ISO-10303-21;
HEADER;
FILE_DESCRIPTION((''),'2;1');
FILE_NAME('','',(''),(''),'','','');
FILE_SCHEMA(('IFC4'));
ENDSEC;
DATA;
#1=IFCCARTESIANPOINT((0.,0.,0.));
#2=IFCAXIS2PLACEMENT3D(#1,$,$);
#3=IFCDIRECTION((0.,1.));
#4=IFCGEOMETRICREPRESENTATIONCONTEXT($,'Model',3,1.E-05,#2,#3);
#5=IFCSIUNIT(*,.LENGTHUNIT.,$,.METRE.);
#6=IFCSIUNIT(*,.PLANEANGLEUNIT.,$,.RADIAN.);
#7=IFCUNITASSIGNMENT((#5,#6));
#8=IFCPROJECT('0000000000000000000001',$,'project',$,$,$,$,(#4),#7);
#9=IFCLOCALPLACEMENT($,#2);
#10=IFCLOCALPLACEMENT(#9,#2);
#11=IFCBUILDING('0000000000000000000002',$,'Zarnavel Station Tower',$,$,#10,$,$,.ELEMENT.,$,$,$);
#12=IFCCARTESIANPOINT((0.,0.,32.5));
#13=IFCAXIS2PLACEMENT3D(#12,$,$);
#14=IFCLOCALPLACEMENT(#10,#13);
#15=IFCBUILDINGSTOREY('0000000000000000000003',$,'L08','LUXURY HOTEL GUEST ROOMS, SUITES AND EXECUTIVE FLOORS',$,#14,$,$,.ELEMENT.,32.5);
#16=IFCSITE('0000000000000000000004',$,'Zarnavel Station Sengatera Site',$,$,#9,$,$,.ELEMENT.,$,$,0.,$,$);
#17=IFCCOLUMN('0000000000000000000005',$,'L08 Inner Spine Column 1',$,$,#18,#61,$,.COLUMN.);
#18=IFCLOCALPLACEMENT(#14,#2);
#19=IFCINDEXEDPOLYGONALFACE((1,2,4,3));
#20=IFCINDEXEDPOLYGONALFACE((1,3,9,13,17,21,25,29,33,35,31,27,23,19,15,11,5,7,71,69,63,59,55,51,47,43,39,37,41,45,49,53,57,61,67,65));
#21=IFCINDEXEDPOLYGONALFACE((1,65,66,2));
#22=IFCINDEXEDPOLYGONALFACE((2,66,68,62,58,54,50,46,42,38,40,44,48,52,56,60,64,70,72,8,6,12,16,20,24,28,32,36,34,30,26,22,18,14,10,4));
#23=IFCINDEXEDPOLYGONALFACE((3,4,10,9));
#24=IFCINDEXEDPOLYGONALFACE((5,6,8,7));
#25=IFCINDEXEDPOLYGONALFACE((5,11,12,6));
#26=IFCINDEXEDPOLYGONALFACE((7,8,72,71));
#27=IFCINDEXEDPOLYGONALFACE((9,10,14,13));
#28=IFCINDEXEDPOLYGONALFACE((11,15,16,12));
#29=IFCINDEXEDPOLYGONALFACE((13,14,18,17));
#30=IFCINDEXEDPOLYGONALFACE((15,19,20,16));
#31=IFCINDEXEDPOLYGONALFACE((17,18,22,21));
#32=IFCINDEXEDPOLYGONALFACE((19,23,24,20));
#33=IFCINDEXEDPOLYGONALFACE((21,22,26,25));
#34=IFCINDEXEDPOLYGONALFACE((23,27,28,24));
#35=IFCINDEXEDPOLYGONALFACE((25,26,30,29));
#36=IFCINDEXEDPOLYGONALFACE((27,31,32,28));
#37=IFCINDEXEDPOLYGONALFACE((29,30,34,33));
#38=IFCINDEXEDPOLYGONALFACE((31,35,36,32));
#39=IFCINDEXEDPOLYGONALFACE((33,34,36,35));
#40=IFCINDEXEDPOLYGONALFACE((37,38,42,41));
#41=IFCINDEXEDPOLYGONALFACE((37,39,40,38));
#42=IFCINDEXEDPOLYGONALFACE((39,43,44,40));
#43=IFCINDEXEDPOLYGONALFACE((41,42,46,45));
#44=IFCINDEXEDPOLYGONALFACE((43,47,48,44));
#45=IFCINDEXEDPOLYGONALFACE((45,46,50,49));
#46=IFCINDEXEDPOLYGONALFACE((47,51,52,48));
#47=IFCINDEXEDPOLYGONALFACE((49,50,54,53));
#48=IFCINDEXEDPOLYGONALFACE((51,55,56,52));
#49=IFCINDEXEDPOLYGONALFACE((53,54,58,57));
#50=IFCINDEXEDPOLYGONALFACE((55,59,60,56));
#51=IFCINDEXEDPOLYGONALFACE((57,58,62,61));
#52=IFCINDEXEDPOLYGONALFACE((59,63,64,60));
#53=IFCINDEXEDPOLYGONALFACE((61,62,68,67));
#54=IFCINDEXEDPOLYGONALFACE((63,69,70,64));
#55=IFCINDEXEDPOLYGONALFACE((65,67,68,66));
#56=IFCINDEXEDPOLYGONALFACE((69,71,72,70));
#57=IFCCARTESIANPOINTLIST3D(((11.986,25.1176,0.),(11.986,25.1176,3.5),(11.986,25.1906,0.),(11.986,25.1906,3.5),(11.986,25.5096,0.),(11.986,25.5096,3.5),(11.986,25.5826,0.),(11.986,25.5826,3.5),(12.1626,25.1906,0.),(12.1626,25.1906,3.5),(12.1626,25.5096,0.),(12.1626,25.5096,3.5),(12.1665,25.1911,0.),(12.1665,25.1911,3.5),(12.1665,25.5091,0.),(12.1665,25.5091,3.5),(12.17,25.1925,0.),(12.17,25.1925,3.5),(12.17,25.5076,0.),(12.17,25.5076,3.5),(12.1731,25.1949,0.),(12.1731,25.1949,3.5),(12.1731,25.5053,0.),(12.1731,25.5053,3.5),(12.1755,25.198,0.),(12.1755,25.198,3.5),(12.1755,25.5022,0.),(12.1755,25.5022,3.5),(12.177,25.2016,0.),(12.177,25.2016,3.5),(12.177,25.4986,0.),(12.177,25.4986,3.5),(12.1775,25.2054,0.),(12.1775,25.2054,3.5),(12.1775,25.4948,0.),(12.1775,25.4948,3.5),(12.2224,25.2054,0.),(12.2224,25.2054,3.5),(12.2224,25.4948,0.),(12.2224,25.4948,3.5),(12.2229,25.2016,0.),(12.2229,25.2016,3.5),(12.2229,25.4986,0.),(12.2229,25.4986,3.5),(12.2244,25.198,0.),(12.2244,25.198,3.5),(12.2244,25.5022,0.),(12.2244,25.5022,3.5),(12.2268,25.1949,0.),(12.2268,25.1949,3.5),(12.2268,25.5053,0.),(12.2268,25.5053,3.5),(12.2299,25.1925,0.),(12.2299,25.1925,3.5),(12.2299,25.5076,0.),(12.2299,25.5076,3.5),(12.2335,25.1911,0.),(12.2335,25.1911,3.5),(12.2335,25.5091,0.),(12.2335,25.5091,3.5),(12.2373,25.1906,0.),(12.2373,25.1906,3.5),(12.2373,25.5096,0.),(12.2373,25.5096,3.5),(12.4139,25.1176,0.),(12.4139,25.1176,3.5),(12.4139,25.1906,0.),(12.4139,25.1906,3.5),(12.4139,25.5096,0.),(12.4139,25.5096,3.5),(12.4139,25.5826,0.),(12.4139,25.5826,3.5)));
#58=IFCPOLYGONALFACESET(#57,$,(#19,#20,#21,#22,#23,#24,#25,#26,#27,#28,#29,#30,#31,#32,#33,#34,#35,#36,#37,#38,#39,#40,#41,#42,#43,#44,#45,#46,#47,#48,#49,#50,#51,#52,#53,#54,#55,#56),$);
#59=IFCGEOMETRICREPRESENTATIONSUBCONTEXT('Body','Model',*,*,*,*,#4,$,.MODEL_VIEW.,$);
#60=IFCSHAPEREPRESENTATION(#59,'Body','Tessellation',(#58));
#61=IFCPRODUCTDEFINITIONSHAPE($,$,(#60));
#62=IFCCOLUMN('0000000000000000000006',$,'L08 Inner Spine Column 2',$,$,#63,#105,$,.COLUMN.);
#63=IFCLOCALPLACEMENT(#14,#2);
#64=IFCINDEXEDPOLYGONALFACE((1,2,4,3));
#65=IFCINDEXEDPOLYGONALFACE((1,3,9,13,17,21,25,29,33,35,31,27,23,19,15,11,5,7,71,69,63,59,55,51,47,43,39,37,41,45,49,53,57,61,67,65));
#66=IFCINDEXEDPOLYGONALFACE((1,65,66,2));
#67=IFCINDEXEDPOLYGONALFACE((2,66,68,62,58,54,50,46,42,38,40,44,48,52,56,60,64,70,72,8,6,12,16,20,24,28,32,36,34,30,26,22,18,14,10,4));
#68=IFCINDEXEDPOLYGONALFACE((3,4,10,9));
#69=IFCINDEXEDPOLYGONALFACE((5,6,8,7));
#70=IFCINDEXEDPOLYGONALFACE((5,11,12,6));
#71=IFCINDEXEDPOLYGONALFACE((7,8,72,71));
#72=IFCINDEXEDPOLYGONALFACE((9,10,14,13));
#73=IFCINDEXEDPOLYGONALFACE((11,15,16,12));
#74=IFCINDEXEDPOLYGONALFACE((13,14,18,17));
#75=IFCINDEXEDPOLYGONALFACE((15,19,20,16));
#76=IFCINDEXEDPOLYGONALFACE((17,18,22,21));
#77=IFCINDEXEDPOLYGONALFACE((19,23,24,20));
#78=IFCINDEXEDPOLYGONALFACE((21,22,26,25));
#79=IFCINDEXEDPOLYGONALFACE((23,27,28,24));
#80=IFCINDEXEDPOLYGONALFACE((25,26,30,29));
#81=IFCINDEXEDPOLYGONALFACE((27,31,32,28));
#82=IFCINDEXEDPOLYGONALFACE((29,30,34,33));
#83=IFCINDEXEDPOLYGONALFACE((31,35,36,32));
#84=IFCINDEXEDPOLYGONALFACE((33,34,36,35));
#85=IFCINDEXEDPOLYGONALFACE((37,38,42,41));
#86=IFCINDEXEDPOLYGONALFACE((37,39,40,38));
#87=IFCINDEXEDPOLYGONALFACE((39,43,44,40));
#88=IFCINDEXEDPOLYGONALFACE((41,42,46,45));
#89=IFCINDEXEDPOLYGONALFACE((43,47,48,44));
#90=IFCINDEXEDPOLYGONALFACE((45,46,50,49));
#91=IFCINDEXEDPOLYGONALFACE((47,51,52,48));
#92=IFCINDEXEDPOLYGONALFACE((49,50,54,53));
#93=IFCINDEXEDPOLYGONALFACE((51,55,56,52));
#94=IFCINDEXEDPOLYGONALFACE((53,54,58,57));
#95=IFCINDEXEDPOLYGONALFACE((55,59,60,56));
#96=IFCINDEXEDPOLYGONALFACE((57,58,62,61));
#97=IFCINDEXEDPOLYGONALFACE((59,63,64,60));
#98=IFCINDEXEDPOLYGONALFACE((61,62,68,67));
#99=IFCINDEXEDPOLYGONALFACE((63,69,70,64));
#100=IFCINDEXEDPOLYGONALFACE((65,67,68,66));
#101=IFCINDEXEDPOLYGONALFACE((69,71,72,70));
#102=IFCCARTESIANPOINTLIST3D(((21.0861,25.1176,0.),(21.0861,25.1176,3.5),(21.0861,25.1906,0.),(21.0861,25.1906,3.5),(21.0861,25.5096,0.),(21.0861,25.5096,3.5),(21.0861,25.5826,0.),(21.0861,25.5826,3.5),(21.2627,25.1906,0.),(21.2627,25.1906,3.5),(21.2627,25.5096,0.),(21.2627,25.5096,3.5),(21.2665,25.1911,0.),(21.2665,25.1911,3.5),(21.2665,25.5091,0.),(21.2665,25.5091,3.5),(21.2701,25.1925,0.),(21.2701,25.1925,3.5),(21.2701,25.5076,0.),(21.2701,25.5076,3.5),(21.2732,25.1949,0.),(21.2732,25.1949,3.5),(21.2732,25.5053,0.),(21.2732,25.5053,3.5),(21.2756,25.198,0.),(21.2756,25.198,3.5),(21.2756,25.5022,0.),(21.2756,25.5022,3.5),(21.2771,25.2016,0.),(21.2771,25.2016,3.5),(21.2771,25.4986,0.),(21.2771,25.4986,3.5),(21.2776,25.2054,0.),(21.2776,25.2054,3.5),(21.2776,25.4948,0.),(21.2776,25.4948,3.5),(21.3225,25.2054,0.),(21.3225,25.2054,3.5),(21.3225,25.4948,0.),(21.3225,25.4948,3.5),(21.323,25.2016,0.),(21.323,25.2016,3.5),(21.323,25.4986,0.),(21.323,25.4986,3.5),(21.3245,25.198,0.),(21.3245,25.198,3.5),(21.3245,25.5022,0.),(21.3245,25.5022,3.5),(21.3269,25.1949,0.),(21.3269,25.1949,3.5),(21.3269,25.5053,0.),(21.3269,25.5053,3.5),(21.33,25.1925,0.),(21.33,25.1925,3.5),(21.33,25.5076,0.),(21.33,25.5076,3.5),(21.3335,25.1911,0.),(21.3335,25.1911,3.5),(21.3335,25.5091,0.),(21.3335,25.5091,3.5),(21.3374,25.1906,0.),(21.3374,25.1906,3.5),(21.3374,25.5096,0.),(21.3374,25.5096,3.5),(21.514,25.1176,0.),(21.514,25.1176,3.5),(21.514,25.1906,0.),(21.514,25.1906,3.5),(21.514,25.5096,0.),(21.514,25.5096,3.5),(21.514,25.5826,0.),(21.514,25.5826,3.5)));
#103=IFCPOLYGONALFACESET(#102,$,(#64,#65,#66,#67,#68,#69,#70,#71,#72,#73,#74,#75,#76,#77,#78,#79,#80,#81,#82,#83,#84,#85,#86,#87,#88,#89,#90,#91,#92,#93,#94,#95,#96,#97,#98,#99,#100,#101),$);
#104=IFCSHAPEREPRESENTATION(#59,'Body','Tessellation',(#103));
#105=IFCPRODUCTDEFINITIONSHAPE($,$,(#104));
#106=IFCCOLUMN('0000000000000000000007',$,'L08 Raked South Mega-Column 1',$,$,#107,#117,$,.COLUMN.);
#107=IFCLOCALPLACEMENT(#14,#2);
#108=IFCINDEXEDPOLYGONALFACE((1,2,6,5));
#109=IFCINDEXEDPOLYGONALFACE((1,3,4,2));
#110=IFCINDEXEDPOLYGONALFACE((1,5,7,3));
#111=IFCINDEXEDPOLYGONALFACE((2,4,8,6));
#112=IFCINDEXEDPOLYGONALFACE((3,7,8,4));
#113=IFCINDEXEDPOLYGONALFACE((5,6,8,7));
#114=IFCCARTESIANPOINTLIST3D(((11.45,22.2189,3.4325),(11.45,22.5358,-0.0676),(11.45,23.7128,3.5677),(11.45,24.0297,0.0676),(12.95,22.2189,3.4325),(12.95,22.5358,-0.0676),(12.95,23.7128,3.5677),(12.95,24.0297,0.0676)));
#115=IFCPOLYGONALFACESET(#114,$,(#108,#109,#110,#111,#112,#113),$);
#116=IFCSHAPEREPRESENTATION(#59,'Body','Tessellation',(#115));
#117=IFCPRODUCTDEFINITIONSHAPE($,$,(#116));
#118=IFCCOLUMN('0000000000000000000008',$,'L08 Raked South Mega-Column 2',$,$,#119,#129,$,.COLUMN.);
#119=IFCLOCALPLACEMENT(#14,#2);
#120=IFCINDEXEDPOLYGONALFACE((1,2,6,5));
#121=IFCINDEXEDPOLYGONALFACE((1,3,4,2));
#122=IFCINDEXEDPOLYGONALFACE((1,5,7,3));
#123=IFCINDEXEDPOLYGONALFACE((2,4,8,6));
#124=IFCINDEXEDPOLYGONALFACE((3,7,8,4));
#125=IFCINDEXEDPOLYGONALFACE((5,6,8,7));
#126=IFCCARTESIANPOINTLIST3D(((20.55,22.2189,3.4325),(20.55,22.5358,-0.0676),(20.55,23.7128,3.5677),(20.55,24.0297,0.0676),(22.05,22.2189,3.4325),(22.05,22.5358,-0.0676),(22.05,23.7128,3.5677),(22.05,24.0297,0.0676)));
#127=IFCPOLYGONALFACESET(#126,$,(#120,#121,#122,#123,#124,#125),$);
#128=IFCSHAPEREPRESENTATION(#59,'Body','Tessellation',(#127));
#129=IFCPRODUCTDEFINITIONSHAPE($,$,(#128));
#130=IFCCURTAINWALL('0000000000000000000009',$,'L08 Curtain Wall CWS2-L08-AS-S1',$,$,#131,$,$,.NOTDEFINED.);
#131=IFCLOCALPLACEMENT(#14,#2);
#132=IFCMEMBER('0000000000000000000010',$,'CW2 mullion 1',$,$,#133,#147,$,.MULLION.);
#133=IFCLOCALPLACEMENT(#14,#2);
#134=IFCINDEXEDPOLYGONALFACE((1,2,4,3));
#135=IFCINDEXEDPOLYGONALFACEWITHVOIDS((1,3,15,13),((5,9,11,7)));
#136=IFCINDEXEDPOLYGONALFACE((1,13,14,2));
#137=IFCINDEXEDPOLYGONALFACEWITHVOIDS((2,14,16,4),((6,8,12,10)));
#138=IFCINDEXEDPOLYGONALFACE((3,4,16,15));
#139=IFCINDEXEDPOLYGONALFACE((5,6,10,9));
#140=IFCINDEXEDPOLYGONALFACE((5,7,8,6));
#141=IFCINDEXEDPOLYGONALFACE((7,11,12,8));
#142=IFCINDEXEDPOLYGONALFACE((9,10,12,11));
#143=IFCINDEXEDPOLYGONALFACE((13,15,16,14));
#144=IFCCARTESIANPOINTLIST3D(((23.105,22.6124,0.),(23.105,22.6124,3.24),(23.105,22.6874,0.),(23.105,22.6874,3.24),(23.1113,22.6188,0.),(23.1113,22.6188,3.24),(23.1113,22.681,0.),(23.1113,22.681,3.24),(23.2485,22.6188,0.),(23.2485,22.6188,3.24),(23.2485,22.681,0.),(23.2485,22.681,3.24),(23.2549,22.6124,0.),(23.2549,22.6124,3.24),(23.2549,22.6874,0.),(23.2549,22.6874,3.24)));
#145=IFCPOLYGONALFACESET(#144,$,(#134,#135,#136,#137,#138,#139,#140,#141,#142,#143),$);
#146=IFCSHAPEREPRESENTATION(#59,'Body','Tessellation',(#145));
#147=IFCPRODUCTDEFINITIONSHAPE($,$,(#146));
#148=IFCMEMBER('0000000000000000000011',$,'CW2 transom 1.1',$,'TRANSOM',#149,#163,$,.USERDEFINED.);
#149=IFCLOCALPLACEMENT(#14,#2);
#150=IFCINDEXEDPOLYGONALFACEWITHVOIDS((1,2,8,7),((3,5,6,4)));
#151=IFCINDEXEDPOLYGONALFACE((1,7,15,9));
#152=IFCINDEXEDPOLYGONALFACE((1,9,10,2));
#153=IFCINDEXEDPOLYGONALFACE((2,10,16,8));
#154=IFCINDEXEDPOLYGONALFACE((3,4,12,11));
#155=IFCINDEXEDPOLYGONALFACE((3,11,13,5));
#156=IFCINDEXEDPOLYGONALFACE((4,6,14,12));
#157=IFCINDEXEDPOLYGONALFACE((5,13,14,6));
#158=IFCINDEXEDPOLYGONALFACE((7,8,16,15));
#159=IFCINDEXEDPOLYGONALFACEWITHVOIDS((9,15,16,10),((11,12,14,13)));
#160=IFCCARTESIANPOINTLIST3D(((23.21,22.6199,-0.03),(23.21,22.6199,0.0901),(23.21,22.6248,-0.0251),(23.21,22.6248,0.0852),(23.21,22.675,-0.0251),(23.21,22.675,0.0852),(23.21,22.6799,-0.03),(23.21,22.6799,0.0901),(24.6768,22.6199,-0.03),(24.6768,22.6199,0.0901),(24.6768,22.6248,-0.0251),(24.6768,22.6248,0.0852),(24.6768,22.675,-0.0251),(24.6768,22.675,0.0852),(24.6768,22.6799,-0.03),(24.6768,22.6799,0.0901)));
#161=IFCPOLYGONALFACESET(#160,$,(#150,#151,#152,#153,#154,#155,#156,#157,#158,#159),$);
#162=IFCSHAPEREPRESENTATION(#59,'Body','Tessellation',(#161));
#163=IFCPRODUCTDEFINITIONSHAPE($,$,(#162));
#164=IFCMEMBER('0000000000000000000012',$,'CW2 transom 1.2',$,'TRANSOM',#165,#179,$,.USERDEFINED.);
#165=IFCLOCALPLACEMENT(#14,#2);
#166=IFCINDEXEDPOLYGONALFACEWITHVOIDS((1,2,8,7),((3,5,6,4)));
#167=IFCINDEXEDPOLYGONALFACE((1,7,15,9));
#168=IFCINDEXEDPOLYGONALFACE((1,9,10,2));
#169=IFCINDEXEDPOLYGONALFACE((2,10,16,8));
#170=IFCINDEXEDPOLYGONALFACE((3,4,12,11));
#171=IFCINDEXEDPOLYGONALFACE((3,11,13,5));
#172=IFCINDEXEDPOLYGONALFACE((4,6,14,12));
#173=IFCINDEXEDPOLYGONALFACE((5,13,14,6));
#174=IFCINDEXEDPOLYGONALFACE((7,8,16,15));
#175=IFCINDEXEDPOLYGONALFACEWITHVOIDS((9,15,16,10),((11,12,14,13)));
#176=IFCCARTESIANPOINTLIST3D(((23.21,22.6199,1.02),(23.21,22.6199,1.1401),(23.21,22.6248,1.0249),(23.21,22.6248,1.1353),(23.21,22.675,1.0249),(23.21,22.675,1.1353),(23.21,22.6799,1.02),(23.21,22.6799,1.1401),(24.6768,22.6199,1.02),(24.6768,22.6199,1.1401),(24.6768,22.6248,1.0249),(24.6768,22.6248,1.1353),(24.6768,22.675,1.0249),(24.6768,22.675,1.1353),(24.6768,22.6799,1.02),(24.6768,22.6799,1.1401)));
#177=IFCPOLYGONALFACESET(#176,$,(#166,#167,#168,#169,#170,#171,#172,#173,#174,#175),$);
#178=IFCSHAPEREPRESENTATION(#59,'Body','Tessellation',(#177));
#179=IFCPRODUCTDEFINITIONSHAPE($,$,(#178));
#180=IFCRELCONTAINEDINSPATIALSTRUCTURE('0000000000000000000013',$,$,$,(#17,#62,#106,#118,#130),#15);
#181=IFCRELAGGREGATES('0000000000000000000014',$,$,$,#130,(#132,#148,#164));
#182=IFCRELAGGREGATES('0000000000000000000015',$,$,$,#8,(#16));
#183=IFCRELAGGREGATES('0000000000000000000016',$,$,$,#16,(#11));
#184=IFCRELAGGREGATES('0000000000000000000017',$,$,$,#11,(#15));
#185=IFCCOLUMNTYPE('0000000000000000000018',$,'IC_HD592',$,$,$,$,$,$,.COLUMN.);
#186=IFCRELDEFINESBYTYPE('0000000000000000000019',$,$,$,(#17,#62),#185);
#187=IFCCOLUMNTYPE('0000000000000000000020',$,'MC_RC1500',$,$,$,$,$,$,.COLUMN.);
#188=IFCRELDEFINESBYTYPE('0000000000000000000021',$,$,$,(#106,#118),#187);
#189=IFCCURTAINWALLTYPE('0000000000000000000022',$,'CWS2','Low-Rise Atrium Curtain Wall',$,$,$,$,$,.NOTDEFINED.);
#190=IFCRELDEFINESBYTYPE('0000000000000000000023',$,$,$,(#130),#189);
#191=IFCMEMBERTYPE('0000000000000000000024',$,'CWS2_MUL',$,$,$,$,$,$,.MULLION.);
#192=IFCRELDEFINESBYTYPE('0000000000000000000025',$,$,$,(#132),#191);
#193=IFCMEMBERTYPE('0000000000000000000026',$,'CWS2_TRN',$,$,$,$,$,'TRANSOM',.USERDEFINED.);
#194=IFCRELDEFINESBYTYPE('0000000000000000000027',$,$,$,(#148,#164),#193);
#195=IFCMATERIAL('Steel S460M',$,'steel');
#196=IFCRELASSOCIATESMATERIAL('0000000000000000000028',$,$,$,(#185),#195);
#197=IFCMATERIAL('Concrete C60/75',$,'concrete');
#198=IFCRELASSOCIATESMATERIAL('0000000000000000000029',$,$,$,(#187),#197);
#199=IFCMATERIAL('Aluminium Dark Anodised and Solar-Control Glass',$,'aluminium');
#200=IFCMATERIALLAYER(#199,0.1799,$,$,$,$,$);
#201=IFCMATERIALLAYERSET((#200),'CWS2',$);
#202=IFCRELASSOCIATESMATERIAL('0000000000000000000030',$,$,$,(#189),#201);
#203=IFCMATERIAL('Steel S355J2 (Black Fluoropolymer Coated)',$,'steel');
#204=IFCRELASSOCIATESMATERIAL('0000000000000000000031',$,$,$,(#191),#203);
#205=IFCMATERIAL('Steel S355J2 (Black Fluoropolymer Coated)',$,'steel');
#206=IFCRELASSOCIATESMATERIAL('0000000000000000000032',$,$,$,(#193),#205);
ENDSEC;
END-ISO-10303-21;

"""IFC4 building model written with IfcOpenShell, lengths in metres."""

from ifc_helpers import new_model, si_unit, direction, frame, origin, origin_2d, place, context, subcontext, project, spatial, rectangle, hollow_rectangle, i_section, extrude, material, layer, layer_set, material_profile, profile_set, type_object, element, aggregate, save


model = new_model("IFC4")

# Units and contexts
model_context = context("Model", 3, precision=1e-05, world=origin(), true_north=direction((0.0, 1.0)))
body_context = subcontext(model_context, "Body", "Model", "MODEL_VIEW")
ifc_project = project(units=[si_unit("LENGTHUNIT", "METRE"), si_unit("PLANEANGLEUNIT", "RADIAN")], contexts=[model_context])

# Site, building, storey
site_placement = place(None, origin())
site = spatial("IfcSite", under=ifc_project, at=site_placement, Name="Zarnavel Station Sengatera Site", CompositionType="ELEMENT", RefElevation=0.0)
building_placement = place(site_placement, origin())
building = spatial("IfcBuilding", under=site, at=building_placement, Name="Zarnavel Station Tower", CompositionType="ELEMENT")
storey_placement = place(building_placement, frame((0.0, 0.0, 32.5)))
storey = spatial("IfcBuildingStorey", under=building, at=storey_placement, Name="L08", Description="LUXURY HOTEL GUEST ROOMS, SUITES AND EXECUTIVE FLOORS", CompositionType="ELEMENT", Elevation=32.5)

# Columns
ifc_material_1 = material(Name="Steel S460M", Category="steel")
ifc_material_profile_1 = material_profile(ifc_material_1, i_section(OverallWidth=0.428, OverallDepth=0.4651, WebThickness=0.0449, FlangeThickness=0.073, FilletRadius=0.0149, at=origin_2d()), Name="HD400x592")
ifc_profile_set_1 = profile_set([ifc_material_profile_1], Name="Steel S460M")
column_type_1 = type_object("IfcColumnType", Name="IC_HD592", PredefinedType="COLUMN", material=ifc_profile_set_1)
for number, where, z_axis, x_axis, name in (
    (1, (12.2, 25.3501, 0.0), (0.0, 0.0, 1.0), (1.0, 0.0, 0.0), "L08 Inner Spine Column 1"),
    (2, (21.3, 25.3501, 0.0), (0.0, 0.0, 1.0), (1.0, 0.0, 0.0), "L08 Inner Spine Column 2"),
):
    element("IfcColumn", number, at=place(storey_placement, frame(where, z_axis=z_axis, x_axis=x_axis)), inside=storey, type_object=column_type_1, Name=name, PredefinedType="COLUMN", context=body_context, shape_type="SweptSolid", body=[
        extrude(i_section(OverallWidth=0.428, OverallDepth=0.4651, WebThickness=0.0449, FlangeThickness=0.073, FilletRadius=0.0149, at=origin_2d()), origin(), (0.0, 0.0, 1.0), 3.5),
    ])
ifc_material_2 = material(Name="Concrete C60/75", Category="concrete")
ifc_material_profile_2 = material_profile(ifc_material_2, rectangle(XDim=1.5, YDim=1.5, at=origin_2d()), Name="RC1500x1500")
ifc_profile_set_2 = profile_set([ifc_material_profile_2], Name="Concrete C60/75")
column_type_2 = type_object("IfcColumnType", Name="MC_RC1500", PredefinedType="COLUMN", material=ifc_profile_set_2)
for number, where, z_axis, x_axis, name in (
    (3, (12.2, 23.2827, 0.0), (0.0, -0.090172, 0.995926), (1.0, 0.0, 0.0), "L08 Raked South Mega-Column 1"),
    (4, (21.3, 23.2827, 0.0), (0.0, -0.090172, 0.995926), (1.0, 0.0, 0.0), "L08 Raked South Mega-Column 2"),
):
    element("IfcColumn", number, at=place(storey_placement, frame(where, z_axis=z_axis, x_axis=x_axis)), inside=storey, type_object=column_type_2, Name=name, PredefinedType="COLUMN", context=body_context, shape_type="SweptSolid", body=[
        extrude(rectangle(XDim=1.5, YDim=1.5, at=origin_2d()), origin(), (0.0, 0.0, 1.0), 3.5144),
    ])

# Curtain wall, members
ifc_material_3 = material(Name="Aluminium Dark Anodised and Solar-Control Glass", Category="aluminium")
ifc_layer_1 = layer(ifc_material_3, 0.1799)
ifc_layer_set_1 = layer_set([ifc_layer_1], Name="CWS2")
curtain_wall_type = type_object("IfcCurtainWallType", Name="CWS2", Description="Low-Rise Atrium Curtain Wall", PredefinedType="NOTDEFINED", material=ifc_layer_set_1)
curtain_wall_placement = place(storey_placement, origin())
curtain_wall = element("IfcCurtainWall", 5, at=curtain_wall_placement, inside=storey, type_object=curtain_wall_type, Name="L08 Curtain Wall CWS2-L08-AS-S1", PredefinedType="NOTDEFINED")
ifc_material_4 = material(Name="Steel S355J2 (Black Fluoropolymer Coated)", Category="steel")
ifc_material_profile_3 = material_profile(ifc_material_4, hollow_rectangle(XDim=0.075, YDim=0.1499, WallThickness=0.0063, at=origin_2d()), Name="RHS150x75x6.3")
ifc_profile_set_3 = profile_set([ifc_material_profile_3], Name="Steel S355J2 (Black Fluoropolymer Coated)")
member_type_1 = type_object("IfcMemberType", Name="CWS2_MUL", PredefinedType="MULLION", material=ifc_profile_set_3)
member_1_placement = place(storey_placement, frame((23.1799, 22.6499, 0.0), z_axis=(0.0, 0.0, 1.0), x_axis=(0.0, 1.0, 0.0)))
member_1 = element("IfcMember", 6, at=member_1_placement, type_object=member_type_1, Name="CW2 mullion 1", PredefinedType="MULLION", context=body_context, shape_type="SweptSolid", body=[
    extrude(hollow_rectangle(XDim=0.075, YDim=0.1499, WallThickness=0.0063, at=origin_2d()), origin(), (0.0, 0.0, 1.0), 3.24),
])
ifc_material_5 = material(Name="Steel S355J2 (Black Fluoropolymer Coated)", Category="steel")
ifc_material_profile_4 = material_profile(ifc_material_5, hollow_rectangle(XDim=0.0601, YDim=0.1201, WallThickness=0.0049, at=origin_2d()), Name="RHS120x60x5")
ifc_profile_set_4 = profile_set([ifc_material_profile_4], Name="Steel S355J2 (Black Fluoropolymer Coated)")
member_type_2 = type_object("IfcMemberType", Name="CWS2_TRN", ElementType="TRANSOM", PredefinedType="USERDEFINED", material=ifc_profile_set_4)
member_2_placement = place(storey_placement, frame((23.21, 22.6499, 0.03), z_axis=(1.0, 0.0, 0.0), x_axis=(0.0, 1.0, 0.0)))
member_2 = element("IfcMember", 7, at=member_2_placement, type_object=member_type_2, Name="CW2 transom 1.1", ObjectType="TRANSOM", PredefinedType="USERDEFINED", context=body_context, shape_type="SweptSolid", body=[
    extrude(hollow_rectangle(XDim=0.0601, YDim=0.1201, WallThickness=0.0049, at=origin_2d()), origin(), (0.0, 0.0, 1.0), 1.4668),
])
member_3_placement = place(storey_placement, frame((23.21, 22.6499, 1.0801), z_axis=(1.0, 0.0, 0.0), x_axis=(0.0, 1.0, 0.0)))
member_3 = element("IfcMember", 8, at=member_3_placement, type_object=member_type_2, Name="CW2 transom 1.2", ObjectType="TRANSOM", PredefinedType="USERDEFINED", context=body_context, shape_type="SweptSolid", body=[
    extrude(hollow_rectangle(XDim=0.0601, YDim=0.1201, WallThickness=0.0049, at=origin_2d()), origin(), (0.0, 0.0, 1.0), 1.4668),
])
aggregate(curtain_wall, [member_1, member_2, member_3])

save(model, "model.ifc")
